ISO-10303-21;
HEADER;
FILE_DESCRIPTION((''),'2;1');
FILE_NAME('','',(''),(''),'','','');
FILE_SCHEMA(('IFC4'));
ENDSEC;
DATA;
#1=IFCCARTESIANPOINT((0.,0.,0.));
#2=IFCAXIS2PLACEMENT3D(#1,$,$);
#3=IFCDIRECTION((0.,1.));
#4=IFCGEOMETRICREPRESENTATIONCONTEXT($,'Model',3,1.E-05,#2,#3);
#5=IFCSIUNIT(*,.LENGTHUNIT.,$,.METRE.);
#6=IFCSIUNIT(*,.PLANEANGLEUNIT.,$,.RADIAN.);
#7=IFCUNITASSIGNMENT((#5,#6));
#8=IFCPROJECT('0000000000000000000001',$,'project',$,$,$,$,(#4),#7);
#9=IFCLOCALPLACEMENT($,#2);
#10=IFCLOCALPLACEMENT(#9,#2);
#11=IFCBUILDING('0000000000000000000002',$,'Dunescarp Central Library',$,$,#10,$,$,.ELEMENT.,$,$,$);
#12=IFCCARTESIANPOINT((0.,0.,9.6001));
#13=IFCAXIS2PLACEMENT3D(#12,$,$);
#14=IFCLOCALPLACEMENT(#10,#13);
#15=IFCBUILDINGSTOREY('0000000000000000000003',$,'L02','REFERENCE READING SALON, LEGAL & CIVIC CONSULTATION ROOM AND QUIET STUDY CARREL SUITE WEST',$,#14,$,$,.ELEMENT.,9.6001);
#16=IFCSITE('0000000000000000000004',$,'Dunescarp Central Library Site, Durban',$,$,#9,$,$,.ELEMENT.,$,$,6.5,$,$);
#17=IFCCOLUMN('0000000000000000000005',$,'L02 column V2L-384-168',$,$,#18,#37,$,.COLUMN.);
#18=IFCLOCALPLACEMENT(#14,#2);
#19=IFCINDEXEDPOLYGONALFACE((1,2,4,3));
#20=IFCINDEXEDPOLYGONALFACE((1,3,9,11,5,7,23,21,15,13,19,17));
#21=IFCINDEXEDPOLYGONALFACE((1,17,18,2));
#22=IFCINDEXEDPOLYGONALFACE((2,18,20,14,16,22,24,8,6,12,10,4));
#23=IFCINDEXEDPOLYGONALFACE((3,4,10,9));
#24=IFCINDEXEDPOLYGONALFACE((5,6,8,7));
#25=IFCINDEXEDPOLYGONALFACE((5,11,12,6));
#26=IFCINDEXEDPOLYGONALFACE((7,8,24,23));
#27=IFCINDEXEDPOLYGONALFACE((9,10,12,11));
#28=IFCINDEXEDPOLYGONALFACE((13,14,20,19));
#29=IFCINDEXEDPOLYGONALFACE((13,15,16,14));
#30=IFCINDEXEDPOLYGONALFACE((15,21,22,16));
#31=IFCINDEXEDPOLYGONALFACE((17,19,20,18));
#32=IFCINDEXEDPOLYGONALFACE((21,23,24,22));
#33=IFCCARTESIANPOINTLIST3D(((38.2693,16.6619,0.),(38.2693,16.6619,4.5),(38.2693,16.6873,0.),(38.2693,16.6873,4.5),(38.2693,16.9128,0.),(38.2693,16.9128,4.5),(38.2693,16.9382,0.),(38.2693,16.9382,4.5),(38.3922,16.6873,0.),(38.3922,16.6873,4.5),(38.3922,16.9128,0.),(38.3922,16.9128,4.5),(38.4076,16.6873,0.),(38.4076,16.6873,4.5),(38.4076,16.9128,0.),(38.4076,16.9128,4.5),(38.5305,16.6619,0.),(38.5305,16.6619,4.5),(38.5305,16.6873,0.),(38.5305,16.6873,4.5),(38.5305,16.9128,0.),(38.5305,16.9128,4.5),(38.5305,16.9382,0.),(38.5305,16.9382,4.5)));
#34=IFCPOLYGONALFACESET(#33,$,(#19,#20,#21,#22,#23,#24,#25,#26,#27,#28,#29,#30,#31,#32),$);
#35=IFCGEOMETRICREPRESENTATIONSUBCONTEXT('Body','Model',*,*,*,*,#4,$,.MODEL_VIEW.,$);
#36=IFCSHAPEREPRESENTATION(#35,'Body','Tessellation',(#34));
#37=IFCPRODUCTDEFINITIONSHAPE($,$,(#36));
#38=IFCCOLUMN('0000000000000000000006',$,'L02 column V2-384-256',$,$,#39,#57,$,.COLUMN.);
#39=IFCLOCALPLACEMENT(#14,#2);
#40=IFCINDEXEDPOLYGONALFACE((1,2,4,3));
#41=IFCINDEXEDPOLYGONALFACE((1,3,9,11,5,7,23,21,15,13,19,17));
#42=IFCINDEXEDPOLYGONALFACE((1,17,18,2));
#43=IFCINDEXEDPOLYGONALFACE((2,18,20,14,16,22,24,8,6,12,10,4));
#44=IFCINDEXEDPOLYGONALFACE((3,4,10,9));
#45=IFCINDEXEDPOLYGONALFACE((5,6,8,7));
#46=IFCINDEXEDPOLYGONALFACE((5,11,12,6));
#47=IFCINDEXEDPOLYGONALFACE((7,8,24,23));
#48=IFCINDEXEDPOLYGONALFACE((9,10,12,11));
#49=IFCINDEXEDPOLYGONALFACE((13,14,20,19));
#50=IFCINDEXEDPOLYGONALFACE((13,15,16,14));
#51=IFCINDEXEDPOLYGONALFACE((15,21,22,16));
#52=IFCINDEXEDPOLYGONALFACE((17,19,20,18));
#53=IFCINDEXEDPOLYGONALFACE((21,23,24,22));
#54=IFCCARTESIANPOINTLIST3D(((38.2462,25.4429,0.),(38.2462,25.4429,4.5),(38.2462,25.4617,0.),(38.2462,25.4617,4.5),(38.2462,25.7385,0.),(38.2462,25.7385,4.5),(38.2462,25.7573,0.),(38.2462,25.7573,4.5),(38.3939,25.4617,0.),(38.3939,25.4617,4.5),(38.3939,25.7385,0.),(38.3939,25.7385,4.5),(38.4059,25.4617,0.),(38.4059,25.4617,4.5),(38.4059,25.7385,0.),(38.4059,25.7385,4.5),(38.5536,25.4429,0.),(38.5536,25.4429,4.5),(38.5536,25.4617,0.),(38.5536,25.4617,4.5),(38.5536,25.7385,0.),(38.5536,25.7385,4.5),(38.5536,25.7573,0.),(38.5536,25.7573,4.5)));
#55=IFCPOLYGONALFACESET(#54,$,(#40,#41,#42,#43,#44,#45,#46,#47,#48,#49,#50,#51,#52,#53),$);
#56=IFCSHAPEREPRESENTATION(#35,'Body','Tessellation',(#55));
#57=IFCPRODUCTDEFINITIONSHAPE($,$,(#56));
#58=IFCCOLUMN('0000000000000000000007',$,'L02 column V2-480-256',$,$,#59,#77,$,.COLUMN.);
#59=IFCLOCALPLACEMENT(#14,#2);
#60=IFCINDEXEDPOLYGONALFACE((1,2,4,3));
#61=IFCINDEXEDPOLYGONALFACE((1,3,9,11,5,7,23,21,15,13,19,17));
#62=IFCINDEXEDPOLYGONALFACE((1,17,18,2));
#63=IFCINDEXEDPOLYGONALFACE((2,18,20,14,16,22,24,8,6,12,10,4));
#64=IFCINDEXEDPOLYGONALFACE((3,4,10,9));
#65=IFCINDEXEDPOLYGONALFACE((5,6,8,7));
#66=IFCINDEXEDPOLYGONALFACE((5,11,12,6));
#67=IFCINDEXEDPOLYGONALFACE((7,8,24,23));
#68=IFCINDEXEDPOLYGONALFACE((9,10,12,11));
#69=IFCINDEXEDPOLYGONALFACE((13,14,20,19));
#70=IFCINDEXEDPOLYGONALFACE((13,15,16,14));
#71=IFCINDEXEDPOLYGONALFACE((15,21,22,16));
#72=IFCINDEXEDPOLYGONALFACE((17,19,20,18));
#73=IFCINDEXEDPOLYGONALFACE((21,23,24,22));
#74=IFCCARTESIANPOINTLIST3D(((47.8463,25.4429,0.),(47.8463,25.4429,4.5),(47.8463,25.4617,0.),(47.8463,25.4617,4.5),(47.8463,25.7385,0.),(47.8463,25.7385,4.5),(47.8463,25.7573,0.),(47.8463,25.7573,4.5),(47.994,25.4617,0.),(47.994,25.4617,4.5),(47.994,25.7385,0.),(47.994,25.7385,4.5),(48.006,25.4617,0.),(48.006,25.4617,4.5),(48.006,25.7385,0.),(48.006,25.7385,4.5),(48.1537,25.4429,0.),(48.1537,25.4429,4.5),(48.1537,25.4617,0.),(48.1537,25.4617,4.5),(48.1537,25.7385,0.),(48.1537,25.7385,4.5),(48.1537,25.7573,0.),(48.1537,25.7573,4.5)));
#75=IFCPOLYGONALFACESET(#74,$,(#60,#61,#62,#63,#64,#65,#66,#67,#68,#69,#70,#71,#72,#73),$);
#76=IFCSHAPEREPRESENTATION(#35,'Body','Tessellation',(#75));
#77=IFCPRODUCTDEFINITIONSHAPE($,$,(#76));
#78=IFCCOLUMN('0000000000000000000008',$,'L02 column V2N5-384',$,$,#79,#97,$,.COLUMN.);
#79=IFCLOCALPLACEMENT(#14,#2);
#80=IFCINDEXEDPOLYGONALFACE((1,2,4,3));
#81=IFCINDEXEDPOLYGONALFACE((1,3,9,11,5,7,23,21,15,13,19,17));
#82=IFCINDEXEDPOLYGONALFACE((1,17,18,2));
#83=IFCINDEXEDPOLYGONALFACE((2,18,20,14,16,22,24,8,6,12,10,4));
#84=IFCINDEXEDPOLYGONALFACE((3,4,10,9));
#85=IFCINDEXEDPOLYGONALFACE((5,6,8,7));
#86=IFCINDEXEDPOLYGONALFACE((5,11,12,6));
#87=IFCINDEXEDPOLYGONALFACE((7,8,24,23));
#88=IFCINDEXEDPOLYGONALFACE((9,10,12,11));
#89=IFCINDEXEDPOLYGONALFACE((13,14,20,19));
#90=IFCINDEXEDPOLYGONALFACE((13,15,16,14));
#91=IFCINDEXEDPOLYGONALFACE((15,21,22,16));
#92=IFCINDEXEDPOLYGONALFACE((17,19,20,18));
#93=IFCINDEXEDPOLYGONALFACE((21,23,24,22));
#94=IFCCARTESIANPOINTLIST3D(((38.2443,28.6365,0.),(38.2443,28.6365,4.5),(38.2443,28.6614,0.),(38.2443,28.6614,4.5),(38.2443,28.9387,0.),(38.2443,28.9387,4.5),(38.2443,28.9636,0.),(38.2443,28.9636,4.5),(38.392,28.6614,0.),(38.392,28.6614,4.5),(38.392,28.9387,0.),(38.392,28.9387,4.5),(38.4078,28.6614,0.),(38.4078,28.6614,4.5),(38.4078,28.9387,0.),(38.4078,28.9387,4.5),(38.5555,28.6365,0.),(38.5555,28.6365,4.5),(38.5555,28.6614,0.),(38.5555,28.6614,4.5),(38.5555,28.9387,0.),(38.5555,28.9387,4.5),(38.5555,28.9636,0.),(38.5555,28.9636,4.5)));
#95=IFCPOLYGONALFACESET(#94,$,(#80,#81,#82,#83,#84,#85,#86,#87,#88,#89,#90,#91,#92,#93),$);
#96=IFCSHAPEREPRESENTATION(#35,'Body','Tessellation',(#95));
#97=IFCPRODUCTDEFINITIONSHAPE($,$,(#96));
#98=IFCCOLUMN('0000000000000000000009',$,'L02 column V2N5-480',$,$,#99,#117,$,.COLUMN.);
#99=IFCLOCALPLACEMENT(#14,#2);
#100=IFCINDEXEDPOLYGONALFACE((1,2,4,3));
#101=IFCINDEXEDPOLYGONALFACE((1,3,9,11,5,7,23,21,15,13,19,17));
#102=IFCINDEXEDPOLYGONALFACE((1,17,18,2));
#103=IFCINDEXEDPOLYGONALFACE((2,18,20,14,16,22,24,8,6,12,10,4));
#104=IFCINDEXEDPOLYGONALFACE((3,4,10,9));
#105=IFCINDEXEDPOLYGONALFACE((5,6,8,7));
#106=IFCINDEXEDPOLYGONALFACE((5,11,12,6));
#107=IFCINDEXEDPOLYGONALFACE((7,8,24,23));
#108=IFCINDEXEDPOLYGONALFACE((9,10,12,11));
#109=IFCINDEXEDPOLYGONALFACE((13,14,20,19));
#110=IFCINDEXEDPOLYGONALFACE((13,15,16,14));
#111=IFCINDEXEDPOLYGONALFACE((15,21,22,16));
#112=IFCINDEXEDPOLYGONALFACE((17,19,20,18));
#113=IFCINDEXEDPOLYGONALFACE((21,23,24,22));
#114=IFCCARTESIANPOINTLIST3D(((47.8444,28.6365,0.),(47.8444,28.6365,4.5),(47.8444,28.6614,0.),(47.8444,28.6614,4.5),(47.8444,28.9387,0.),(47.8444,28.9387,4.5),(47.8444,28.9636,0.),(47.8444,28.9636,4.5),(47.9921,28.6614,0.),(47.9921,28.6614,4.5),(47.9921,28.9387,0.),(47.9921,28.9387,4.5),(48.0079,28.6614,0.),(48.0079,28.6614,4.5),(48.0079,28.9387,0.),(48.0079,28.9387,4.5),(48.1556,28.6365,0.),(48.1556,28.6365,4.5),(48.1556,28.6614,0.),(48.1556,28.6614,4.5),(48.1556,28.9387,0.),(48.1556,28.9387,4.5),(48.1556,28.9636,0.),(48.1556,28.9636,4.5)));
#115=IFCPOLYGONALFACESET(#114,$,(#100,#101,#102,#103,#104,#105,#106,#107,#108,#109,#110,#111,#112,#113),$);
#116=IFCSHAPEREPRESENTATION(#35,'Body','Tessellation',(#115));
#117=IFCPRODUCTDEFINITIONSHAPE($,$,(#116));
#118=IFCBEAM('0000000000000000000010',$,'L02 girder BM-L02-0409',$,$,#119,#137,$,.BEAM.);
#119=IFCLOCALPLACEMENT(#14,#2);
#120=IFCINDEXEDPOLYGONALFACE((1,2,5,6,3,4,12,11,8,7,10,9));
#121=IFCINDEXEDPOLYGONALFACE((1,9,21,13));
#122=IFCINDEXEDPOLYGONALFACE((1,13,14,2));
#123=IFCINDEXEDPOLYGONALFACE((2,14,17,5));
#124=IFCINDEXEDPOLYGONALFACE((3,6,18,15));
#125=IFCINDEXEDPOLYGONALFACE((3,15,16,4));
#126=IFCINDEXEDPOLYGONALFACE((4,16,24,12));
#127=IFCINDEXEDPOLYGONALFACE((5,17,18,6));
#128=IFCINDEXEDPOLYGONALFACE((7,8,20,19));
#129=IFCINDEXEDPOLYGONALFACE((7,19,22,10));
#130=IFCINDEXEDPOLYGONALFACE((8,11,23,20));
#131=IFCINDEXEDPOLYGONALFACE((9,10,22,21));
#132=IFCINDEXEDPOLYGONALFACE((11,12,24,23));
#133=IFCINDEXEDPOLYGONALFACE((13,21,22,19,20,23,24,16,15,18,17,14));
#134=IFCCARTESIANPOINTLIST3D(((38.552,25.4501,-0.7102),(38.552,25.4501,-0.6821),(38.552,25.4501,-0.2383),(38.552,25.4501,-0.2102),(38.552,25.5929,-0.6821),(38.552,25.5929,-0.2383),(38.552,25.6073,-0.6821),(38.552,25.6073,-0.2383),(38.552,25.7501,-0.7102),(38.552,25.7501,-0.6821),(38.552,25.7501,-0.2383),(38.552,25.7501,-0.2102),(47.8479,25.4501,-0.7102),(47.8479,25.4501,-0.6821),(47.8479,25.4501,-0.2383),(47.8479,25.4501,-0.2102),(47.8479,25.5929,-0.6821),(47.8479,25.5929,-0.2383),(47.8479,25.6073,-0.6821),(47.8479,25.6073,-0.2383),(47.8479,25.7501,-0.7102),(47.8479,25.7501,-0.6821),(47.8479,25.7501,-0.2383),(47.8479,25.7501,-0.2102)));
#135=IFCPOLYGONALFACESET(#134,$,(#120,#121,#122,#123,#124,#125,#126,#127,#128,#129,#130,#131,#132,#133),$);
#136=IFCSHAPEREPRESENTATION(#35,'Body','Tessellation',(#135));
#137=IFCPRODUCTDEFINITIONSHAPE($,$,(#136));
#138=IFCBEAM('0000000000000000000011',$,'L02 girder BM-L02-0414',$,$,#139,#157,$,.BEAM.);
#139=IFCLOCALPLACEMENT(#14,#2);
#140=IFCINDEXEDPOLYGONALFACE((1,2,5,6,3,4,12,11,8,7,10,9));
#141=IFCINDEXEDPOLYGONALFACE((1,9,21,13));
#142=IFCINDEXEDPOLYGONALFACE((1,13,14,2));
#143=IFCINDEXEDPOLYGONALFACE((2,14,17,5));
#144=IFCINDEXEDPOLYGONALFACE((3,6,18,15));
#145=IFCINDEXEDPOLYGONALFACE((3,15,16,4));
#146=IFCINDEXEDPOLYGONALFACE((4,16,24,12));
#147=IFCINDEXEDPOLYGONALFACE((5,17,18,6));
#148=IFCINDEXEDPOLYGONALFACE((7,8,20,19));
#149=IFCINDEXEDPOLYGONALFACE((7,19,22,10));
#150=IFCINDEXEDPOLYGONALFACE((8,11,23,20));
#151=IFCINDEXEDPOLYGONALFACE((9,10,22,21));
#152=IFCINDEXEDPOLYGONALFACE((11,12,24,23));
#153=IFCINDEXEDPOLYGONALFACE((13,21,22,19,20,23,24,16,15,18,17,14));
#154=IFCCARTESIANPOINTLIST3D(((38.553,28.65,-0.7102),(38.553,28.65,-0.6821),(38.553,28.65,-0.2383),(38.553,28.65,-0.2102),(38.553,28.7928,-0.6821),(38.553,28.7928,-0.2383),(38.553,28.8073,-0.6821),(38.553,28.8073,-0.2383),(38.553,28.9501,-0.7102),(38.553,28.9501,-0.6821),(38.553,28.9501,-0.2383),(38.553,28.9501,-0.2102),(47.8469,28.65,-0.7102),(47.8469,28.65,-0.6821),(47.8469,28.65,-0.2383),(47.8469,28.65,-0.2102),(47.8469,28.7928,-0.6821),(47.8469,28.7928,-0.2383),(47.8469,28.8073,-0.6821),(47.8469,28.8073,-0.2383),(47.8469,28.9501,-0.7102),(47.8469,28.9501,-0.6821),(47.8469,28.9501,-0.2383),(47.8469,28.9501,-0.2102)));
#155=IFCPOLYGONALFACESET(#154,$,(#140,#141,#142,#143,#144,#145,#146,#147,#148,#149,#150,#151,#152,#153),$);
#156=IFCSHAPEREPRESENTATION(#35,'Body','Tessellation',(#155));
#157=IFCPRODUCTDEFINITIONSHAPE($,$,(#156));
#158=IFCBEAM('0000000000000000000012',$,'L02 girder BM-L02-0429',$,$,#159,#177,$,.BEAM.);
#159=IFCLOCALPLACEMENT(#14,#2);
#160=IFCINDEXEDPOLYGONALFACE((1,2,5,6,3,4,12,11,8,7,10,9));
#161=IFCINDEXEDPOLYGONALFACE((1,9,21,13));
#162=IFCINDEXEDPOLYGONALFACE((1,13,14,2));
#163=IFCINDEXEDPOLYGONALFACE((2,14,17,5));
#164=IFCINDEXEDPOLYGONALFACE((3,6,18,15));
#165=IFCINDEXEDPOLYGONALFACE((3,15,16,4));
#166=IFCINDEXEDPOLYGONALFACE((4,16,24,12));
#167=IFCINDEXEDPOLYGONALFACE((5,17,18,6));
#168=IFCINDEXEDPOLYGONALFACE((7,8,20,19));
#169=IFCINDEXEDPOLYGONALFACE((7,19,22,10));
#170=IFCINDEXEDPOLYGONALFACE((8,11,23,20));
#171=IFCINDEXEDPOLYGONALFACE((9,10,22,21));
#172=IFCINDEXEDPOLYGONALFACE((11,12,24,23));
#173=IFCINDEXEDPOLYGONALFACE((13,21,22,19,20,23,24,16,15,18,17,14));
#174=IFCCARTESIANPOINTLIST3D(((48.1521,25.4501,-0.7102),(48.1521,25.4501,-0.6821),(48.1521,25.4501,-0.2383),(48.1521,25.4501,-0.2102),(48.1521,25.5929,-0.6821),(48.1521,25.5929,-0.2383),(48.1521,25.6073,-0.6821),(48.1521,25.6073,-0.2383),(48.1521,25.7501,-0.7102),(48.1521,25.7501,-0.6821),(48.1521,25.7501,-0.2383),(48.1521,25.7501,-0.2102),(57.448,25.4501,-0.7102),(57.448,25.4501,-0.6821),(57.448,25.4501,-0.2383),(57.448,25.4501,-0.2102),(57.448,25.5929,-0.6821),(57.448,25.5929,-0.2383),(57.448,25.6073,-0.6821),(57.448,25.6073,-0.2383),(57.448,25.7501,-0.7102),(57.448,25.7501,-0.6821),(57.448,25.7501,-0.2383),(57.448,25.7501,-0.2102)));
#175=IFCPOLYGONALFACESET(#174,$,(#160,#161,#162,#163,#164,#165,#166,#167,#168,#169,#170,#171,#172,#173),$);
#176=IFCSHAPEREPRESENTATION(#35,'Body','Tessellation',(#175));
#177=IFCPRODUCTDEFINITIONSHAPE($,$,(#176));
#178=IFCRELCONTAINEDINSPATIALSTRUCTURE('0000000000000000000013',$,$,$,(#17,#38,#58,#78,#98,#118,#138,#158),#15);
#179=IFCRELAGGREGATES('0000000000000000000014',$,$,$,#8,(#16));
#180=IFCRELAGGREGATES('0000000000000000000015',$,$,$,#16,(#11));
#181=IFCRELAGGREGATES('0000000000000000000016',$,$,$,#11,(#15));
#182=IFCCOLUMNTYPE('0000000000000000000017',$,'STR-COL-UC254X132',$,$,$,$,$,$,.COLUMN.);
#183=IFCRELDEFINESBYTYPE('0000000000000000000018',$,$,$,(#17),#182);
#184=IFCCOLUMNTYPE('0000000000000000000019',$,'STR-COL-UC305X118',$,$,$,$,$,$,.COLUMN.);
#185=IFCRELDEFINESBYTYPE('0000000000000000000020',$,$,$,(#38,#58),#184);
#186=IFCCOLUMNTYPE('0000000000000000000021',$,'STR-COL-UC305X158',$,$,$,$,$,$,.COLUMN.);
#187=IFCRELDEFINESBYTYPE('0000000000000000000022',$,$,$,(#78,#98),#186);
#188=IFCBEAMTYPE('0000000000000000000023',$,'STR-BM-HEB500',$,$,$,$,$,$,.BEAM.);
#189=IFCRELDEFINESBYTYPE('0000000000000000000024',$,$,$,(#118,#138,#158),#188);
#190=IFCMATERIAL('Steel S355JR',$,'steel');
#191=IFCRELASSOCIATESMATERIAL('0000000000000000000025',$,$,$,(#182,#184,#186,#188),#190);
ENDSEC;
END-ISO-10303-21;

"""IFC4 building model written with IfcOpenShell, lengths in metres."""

from ifc_helpers import new_model, si_unit, direction, frame, origin, origin_2d, place, context, subcontext, project, spatial, i_section, extrude, material, material_profile, profile_set, type_object, element, save


model = new_model("IFC4")

# Units and contexts
model_context = context("Model", 3, precision=1e-05, world=origin(), true_north=direction((0.0, 1.0)))
body_context = subcontext(model_context, "Body", "Model", "MODEL_VIEW")
ifc_project = project(units=[si_unit("LENGTHUNIT", "METRE"), si_unit("PLANEANGLEUNIT", "RADIAN")], contexts=[model_context])

# Site, building, storey
site_placement = place(None, origin())
site = spatial("IfcSite", under=ifc_project, at=site_placement, Name="Dunescarp Central Library Site, Durban", CompositionType="ELEMENT", RefElevation=6.5)
building_placement = place(site_placement, origin())
building = spatial("IfcBuilding", under=site, at=building_placement, Name="Dunescarp Central Library", CompositionType="ELEMENT")
storey_placement = place(building_placement, frame((0.0, 0.0, 9.6001)))
storey = spatial("IfcBuildingStorey", under=building, at=storey_placement, Name="L02", Description="REFERENCE READING SALON, LEGAL & CIVIC CONSULTATION ROOM AND QUIET STUDY CARREL SUITE WEST", CompositionType="ELEMENT", Elevation=9.6001)

# Columns
ifc_material_1 = material(Name="Steel S355JR", Category="steel")
ifc_material_profile_1 = material_profile(ifc_material_1, i_section(OverallWidth=0.2612, OverallDepth=0.2764, WebThickness=0.0154, FlangeThickness=0.0254, at=origin_2d()), Name="UC 254x254x132")
ifc_profile_set_1 = profile_set([ifc_material_profile_1], Name="Steel S355JR")
column_type_1 = type_object("IfcColumnType", Name="STR-COL-UC254X132", PredefinedType="COLUMN", material=ifc_profile_set_1)
column_placement = place(storey_placement, frame((38.3999, 16.8, 0.0), z_axis=(0.0, 0.0, 1.0), x_axis=(1.0, 0.0, 0.0)))
element("IfcColumn", 1, at=column_placement, inside=storey, type_object=column_type_1, Name="L02 column V2L-384-168", PredefinedType="COLUMN", context=body_context, shape_type="SweptSolid", body=[
    extrude(i_section(OverallWidth=0.2612, OverallDepth=0.2764, WebThickness=0.0154, FlangeThickness=0.0254, at=origin_2d()), origin(), (0.0, 0.0, 1.0), 4.5),
])
ifc_material_profile_2 = material_profile(ifc_material_1, i_section(OverallWidth=0.3074, OverallDepth=0.3145, WebThickness=0.012, FlangeThickness=0.0188, at=origin_2d()), Name="UC 305x305x118")
ifc_profile_set_2 = profile_set([ifc_material_profile_2], Name="Steel S355JR")
column_type_2 = type_object("IfcColumnType", Name="STR-COL-UC305X118", PredefinedType="COLUMN", material=ifc_profile_set_2)
for number, where, z_axis, x_axis, name in (
    (2, (38.3999, 25.6001, 0.0), (0.0, 0.0, 1.0), (1.0, 0.0, 0.0), "L02 column V2-384-256"),
    (3, (48.0, 25.6001, 0.0), (0.0, 0.0, 1.0), (1.0, 0.0, 0.0), "L02 column V2-480-256"),
):
    element("IfcColumn", number, at=place(storey_placement, frame(where, z_axis=z_axis, x_axis=x_axis)), inside=storey, type_object=column_type_2, Name=name, PredefinedType="COLUMN", context=body_context, shape_type="SweptSolid", body=[
        extrude(i_section(OverallWidth=0.3074, OverallDepth=0.3145, WebThickness=0.012, FlangeThickness=0.0188, at=origin_2d()), origin(), (0.0, 0.0, 1.0), 4.5),
    ])
ifc_material_profile_3 = material_profile(ifc_material_1, i_section(OverallWidth=0.3113, OverallDepth=0.3271, WebThickness=0.0159, FlangeThickness=0.0249, at=origin_2d()), Name="UC 305x305x158")
ifc_profile_set_3 = profile_set([ifc_material_profile_3], Name="Steel S355JR")
column_type_3 = type_object("IfcColumnType", Name="STR-COL-UC305X158", PredefinedType="COLUMN", material=ifc_profile_set_3)
for number, where, z_axis, x_axis, name in (
    (4, (38.3999, 28.8, 0.0), (0.0, 0.0, 1.0), (1.0, 0.0, 0.0), "L02 column V2N5-384"),
    (5, (48.0, 28.8, 0.0), (0.0, 0.0, 1.0), (1.0, 0.0, 0.0), "L02 column V2N5-480"),
):
    element("IfcColumn", number, at=place(storey_placement, frame(where, z_axis=z_axis, x_axis=x_axis)), inside=storey, type_object=column_type_3, Name=name, PredefinedType="COLUMN", context=body_context, shape_type="SweptSolid", body=[
        extrude(i_section(OverallWidth=0.3113, OverallDepth=0.3271, WebThickness=0.0159, FlangeThickness=0.0249, at=origin_2d()), origin(), (0.0, 0.0, 1.0), 4.5),
    ])

# Beams
ifc_material_profile_4 = material_profile(ifc_material_1, i_section(OverallWidth=0.3, OverallDepth=0.5, WebThickness=0.0144, FlangeThickness=0.0281, at=origin_2d()), Name="HEB 500")
ifc_profile_set_4 = profile_set([ifc_material_profile_4], Name="Steel S355JR")
beam_type_1 = type_object("IfcBeamType", Name="STR-BM-HEB500", PredefinedType="BEAM", material=ifc_profile_set_4)
beam_1_placement = place(storey_placement, frame((38.552, 25.6001, -0.4602), z_axis=(1.0, 0.0, 0.0), x_axis=(0.0, 1.0, 0.0)))
element("IfcBeam", 6, at=beam_1_placement, inside=storey, type_object=beam_type_1, Name="L02 girder BM-L02-0409", PredefinedType="BEAM", context=body_context, shape_type="SweptSolid", body=[
    extrude(i_section(OverallWidth=0.3, OverallDepth=0.5, WebThickness=0.0144, FlangeThickness=0.0281, at=origin_2d()), origin(), (0.0, 0.0, 1.0), 9.2959),
])
beam_2_placement = place(storey_placement, frame((38.553, 28.8, -0.4602), z_axis=(1.0, 0.0, 0.0), x_axis=(0.0, 1.0, 0.0)))
element("IfcBeam", 7, at=beam_2_placement, inside=storey, type_object=beam_type_1, Name="L02 girder BM-L02-0414", PredefinedType="BEAM", context=body_context, shape_type="SweptSolid", body=[
    extrude(i_section(OverallWidth=0.3, OverallDepth=0.5, WebThickness=0.0144, FlangeThickness=0.0281, at=origin_2d()), origin(), (0.0, 0.0, 1.0), 9.2939),
])
beam_3_placement = place(storey_placement, frame((48.1521, 25.6001, -0.4602), z_axis=(1.0, 0.0, 0.0), x_axis=(0.0, 1.0, 0.0)))
element("IfcBeam", 8, at=beam_3_placement, inside=storey, type_object=beam_type_1, Name="L02 girder BM-L02-0429", PredefinedType="BEAM", context=body_context, shape_type="SweptSolid", body=[
    extrude(i_section(OverallWidth=0.3, OverallDepth=0.5, WebThickness=0.0144, FlangeThickness=0.0281, at=origin_2d()), origin(), (0.0, 0.0, 1.0), 9.2959),
])

save(model, "model.ifc")
